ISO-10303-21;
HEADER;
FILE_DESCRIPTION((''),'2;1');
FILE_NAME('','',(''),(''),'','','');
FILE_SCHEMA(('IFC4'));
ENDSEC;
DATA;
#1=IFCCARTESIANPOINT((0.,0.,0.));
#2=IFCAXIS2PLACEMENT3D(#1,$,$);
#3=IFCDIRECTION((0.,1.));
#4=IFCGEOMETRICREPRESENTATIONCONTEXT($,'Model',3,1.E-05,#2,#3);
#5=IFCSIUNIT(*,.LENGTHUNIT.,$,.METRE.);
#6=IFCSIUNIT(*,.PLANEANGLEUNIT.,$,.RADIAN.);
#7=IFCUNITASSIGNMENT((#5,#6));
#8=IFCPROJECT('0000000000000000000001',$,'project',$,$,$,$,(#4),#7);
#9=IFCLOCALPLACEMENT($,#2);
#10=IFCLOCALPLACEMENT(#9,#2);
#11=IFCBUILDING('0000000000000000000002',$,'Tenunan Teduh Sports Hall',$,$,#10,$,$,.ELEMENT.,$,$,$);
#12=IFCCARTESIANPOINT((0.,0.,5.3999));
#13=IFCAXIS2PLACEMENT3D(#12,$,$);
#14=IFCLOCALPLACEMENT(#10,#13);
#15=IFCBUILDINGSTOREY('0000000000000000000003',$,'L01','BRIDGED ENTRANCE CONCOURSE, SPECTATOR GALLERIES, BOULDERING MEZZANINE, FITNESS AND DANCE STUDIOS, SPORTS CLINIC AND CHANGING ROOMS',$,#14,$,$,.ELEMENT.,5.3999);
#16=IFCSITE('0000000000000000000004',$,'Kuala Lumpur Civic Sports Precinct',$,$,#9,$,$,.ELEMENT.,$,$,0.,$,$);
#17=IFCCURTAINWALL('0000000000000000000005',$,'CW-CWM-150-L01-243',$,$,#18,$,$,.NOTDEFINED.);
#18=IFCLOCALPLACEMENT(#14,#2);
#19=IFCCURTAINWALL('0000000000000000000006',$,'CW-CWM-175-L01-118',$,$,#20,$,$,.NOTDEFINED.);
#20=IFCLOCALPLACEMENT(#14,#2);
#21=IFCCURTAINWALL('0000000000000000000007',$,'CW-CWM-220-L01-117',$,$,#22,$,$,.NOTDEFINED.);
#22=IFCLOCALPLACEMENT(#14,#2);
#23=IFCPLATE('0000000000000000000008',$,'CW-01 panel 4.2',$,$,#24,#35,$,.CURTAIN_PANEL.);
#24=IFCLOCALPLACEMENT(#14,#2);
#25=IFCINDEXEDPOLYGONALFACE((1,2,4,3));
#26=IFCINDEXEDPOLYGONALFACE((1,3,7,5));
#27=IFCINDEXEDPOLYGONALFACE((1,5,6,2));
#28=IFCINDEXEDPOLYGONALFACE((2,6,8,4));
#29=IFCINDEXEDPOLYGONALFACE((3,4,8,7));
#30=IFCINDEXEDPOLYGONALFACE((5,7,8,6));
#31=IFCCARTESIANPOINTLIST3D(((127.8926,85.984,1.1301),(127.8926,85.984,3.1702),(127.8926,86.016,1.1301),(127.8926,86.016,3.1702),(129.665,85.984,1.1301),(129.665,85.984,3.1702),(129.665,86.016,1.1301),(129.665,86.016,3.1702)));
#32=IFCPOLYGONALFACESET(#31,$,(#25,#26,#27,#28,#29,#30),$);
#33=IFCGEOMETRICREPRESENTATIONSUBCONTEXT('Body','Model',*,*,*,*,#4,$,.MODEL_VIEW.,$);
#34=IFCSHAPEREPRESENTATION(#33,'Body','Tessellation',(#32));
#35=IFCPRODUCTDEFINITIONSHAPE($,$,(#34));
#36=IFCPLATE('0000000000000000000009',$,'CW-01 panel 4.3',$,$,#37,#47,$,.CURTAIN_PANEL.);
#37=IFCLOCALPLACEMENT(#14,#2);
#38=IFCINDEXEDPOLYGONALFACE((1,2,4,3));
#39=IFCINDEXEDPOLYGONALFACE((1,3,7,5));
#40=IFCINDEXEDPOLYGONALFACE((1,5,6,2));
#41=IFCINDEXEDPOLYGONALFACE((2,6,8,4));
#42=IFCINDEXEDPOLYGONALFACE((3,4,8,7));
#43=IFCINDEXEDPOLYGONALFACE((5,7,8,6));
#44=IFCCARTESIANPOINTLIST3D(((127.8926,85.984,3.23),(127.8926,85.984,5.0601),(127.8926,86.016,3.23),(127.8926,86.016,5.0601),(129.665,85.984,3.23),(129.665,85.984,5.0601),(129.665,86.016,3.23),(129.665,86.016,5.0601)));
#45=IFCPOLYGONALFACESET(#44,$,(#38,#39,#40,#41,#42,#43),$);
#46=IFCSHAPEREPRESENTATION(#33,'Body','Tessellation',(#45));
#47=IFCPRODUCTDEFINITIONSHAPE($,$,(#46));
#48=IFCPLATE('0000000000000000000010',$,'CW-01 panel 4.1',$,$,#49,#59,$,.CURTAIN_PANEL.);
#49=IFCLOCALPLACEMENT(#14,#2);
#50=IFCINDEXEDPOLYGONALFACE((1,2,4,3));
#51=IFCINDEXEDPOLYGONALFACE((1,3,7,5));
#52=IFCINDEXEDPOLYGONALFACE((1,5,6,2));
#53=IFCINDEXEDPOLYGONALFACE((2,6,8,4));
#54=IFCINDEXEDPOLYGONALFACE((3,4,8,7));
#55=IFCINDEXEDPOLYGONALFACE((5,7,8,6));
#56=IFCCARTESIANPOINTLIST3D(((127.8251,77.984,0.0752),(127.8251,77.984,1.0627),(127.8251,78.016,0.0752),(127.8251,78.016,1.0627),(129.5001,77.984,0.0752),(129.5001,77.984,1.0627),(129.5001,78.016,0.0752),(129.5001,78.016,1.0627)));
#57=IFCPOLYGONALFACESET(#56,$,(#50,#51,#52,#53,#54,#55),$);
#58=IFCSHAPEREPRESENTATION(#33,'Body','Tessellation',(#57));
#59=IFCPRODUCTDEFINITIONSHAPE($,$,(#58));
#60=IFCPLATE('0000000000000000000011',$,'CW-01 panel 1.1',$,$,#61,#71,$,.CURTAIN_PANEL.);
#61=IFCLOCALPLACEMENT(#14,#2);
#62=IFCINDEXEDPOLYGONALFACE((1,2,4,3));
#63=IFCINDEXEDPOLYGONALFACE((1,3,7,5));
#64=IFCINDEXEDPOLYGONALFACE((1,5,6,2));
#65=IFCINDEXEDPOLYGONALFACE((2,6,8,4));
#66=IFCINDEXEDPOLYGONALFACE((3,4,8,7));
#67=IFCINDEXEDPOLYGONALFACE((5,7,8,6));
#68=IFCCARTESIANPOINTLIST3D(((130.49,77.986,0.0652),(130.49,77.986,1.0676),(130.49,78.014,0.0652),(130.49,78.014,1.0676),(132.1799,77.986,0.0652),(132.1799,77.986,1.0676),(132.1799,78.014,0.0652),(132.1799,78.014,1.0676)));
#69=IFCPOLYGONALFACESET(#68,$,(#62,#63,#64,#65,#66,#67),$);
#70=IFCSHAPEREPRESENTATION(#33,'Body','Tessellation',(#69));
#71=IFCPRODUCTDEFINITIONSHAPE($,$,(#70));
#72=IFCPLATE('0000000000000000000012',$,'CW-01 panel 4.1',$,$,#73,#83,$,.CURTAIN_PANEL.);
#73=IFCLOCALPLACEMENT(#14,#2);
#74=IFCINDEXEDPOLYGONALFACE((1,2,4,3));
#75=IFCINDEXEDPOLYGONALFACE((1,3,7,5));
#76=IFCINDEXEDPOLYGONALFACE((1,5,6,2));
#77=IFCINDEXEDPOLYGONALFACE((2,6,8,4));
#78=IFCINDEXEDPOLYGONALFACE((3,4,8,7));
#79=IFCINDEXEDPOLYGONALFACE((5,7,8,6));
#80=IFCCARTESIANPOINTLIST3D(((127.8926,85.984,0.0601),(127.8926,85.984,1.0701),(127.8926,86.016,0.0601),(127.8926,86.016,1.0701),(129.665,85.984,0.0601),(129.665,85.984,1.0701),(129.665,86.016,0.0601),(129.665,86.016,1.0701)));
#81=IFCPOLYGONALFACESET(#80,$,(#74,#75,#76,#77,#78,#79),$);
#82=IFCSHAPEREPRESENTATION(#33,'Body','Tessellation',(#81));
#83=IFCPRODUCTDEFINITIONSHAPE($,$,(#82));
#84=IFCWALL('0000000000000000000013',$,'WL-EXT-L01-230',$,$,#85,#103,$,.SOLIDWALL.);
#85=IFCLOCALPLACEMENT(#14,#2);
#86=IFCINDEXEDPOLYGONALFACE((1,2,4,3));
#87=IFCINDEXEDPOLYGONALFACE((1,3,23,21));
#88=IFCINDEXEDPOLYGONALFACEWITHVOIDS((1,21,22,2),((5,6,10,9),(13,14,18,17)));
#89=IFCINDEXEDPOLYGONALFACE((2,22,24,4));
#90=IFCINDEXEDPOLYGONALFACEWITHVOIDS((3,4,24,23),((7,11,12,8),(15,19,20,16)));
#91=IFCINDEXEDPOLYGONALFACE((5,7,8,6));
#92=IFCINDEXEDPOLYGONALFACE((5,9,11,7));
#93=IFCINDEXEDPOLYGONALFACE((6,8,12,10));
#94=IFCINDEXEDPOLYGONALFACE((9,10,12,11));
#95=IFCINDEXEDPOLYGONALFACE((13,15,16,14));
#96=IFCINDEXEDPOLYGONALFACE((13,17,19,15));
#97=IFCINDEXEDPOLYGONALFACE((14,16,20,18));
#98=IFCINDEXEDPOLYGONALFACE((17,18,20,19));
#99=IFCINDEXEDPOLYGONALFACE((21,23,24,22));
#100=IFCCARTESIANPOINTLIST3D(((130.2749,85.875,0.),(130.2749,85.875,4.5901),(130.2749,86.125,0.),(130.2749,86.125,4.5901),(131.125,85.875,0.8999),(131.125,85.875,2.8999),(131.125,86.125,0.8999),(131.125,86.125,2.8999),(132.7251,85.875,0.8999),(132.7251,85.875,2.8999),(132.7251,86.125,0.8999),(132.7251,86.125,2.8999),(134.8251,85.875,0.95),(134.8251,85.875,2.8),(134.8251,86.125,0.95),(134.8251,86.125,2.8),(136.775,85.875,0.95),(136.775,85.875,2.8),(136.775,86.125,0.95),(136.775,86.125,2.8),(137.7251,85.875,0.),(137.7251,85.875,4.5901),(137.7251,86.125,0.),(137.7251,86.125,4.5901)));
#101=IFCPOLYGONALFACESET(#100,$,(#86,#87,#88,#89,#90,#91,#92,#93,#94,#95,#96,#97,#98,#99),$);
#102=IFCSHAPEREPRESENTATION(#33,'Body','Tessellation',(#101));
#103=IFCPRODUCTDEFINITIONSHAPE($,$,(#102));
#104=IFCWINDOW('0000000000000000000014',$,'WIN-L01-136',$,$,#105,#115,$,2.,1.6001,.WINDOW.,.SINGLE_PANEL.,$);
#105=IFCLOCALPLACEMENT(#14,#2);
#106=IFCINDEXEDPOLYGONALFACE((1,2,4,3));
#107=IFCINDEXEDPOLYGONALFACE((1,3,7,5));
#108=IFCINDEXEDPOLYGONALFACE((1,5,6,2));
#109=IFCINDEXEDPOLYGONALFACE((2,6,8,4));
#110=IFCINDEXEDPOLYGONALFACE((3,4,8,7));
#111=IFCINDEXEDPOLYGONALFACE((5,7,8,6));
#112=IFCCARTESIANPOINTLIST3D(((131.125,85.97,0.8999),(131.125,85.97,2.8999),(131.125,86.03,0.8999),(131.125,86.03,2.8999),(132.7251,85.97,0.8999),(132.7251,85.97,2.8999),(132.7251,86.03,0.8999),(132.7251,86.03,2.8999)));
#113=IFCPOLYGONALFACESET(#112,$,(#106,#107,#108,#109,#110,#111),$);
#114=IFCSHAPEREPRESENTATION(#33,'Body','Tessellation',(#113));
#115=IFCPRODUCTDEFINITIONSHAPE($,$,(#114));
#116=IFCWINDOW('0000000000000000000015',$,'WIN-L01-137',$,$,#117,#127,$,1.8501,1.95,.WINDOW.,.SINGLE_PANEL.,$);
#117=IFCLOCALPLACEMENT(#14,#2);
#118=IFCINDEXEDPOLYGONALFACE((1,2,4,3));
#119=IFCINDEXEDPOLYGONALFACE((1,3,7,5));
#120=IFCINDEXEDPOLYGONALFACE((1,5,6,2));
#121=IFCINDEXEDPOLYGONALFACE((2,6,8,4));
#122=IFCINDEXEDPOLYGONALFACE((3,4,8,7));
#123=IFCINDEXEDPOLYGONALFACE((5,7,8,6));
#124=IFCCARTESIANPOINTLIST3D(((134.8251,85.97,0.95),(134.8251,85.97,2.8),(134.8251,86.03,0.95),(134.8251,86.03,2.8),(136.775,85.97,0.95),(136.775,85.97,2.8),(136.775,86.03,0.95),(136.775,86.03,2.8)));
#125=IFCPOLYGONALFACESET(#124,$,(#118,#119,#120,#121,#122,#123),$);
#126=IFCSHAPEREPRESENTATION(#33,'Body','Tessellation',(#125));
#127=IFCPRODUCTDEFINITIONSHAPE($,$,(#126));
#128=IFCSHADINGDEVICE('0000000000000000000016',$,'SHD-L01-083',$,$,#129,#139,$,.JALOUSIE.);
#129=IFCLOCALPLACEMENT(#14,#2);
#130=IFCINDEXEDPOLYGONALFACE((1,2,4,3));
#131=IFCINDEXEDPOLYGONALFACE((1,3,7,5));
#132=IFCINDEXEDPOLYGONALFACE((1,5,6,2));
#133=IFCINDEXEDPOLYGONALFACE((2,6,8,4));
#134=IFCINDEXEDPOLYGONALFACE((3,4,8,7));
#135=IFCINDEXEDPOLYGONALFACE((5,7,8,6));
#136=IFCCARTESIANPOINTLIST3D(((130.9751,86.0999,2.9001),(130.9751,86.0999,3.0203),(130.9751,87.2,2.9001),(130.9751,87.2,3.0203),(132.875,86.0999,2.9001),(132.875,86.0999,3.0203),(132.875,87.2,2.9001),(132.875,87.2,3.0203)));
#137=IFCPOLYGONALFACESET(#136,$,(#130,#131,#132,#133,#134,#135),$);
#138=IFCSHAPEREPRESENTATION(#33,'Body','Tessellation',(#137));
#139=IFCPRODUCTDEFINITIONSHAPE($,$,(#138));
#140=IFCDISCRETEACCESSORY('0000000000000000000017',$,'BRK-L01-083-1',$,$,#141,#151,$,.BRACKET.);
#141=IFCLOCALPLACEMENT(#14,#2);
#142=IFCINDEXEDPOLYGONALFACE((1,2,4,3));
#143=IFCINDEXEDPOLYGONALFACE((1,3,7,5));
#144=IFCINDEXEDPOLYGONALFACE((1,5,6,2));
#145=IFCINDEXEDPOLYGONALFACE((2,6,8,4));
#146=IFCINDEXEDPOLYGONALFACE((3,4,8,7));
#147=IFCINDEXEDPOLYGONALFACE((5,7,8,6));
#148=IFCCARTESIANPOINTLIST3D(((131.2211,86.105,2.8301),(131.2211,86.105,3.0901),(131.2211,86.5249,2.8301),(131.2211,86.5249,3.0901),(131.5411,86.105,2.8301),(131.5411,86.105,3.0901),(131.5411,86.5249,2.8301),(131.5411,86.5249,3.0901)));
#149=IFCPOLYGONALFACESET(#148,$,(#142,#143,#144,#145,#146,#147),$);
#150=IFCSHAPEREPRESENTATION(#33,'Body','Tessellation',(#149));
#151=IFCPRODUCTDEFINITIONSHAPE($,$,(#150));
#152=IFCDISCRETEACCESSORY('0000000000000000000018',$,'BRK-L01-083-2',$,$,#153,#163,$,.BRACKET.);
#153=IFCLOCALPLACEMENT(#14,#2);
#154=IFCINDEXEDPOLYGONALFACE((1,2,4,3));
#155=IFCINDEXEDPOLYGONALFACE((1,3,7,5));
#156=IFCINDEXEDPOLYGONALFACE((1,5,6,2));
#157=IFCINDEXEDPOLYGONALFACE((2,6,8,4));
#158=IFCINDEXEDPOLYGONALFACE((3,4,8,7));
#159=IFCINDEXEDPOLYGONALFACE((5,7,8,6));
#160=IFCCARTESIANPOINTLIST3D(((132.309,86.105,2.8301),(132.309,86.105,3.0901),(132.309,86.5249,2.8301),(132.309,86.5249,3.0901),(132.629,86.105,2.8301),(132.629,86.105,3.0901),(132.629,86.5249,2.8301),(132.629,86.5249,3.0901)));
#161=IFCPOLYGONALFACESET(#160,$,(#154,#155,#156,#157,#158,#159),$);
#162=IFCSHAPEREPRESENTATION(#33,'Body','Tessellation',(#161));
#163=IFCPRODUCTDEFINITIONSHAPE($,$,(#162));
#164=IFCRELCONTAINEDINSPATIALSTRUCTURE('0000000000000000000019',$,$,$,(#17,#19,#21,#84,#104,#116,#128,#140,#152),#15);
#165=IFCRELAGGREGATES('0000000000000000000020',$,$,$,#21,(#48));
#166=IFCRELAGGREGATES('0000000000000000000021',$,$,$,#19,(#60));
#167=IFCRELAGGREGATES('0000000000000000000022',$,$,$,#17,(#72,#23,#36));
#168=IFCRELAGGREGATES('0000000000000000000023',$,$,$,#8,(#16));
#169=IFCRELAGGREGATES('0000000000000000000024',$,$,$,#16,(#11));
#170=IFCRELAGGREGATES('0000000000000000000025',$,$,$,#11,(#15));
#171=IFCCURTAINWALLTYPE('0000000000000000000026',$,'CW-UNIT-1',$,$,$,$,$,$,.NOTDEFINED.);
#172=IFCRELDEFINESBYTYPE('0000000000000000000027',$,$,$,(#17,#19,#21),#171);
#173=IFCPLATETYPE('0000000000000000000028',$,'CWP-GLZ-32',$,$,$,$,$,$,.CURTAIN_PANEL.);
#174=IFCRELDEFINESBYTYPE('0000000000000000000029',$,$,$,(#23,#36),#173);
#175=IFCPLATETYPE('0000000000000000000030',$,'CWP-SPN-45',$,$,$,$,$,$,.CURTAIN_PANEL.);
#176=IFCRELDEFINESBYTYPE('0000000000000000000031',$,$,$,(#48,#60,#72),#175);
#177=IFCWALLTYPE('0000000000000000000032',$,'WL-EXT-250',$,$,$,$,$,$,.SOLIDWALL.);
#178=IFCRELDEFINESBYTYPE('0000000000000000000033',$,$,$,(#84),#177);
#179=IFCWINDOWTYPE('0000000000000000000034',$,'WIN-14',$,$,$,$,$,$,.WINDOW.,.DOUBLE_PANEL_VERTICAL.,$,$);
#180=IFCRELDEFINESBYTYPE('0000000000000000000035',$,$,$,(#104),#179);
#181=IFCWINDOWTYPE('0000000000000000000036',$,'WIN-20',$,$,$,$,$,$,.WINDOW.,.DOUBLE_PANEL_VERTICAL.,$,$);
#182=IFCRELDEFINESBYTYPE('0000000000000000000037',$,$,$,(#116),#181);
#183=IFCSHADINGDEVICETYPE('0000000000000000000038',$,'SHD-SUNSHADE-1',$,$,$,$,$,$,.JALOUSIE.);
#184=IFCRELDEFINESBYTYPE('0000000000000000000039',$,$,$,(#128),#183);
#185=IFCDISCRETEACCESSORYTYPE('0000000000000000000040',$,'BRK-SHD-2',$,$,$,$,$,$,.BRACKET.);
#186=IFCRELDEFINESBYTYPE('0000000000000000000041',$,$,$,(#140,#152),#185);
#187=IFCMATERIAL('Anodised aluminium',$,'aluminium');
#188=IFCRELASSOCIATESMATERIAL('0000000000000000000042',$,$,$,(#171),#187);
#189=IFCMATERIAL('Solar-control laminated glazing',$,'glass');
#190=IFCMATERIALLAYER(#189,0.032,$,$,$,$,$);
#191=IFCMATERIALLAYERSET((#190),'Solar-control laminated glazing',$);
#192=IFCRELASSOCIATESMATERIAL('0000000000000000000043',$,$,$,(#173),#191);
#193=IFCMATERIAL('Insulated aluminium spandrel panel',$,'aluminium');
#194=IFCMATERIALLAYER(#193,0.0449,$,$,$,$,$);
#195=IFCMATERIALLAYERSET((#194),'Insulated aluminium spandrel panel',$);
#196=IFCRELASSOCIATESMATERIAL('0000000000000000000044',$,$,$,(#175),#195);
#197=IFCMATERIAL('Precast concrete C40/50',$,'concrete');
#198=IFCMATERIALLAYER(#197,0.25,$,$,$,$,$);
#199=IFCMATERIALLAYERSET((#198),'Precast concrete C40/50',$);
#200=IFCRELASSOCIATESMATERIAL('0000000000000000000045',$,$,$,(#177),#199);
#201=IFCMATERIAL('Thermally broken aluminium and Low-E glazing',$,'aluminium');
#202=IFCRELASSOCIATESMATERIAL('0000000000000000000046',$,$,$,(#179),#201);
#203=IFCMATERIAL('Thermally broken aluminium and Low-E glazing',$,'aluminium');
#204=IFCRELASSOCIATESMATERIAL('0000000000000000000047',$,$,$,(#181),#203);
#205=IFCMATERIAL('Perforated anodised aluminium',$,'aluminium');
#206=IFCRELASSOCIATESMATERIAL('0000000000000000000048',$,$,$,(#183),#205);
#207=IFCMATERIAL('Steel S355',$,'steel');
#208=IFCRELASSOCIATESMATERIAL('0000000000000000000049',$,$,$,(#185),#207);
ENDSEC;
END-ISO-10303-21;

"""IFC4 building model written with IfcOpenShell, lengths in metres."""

from ifc_helpers import new_model, si_unit, direction, frame, frame_2d, origin, origin_2d, place, context, subcontext, project, spatial, rectangle, extrude, material, layer, layer_set, type_object, element, fill, aggregate, save


model = new_model("IFC4")

# Units and contexts
model_context = context("Model", 3, precision=1e-05, world=origin(), true_north=direction((0.0, 1.0)))
body_context = subcontext(model_context, "Body", "Model", "MODEL_VIEW")
ifc_project = project(units=[si_unit("LENGTHUNIT", "METRE"), si_unit("PLANEANGLEUNIT", "RADIAN")], contexts=[model_context])

# Site, building, storey
site_placement = place(None, origin())
site = spatial("IfcSite", under=ifc_project, at=site_placement, Name="Kuala Lumpur Civic Sports Precinct", CompositionType="ELEMENT", RefElevation=0.0)
building_placement = place(site_placement, origin())
building = spatial("IfcBuilding", under=site, at=building_placement, Name="Tenunan Teduh Sports Hall", CompositionType="ELEMENT")
storey_placement = place(building_placement, frame((0.0, 0.0, 5.3999)))
storey = spatial("IfcBuildingStorey", under=building, at=storey_placement, Name="L01", Description="BRIDGED ENTRANCE CONCOURSE, SPECTATOR GALLERIES, BOULDERING MEZZANINE, FITNESS AND DANCE STUDIOS, SPORTS CLINIC AND CHANGING ROOMS", CompositionType="ELEMENT", Elevation=5.3999)

# Curtain wall
ifc_material_1 = material(Name="Anodised aluminium", Category="aluminium")
curtain_wall_type = type_object("IfcCurtainWallType", Name="CW-UNIT-1", PredefinedType="NOTDEFINED", material=ifc_material_1)
curtain_wall_1_placement = place(storey_placement, origin())
curtain_wall_1 = element("IfcCurtainWall", 1, at=curtain_wall_1_placement, inside=storey, type_object=curtain_wall_type, Name="CW-CWM-150-L01-243", PredefinedType="NOTDEFINED")

# Curtain wall
curtain_wall_2_placement = place(storey_placement, origin())
curtain_wall_2 = element("IfcCurtainWall", 2, at=curtain_wall_2_placement, inside=storey, type_object=curtain_wall_type, Name="CW-CWM-175-L01-118", PredefinedType="NOTDEFINED")

# Curtain wall
curtain_wall_3_placement = place(storey_placement, origin())
curtain_wall_3 = element("IfcCurtainWall", 3, at=curtain_wall_3_placement, inside=storey, type_object=curtain_wall_type, Name="CW-CWM-220-L01-117", PredefinedType="NOTDEFINED")

# Plates
ifc_material_2 = material(Name="Solar-control laminated glazing", Category="glass")
ifc_layer_1 = layer(ifc_material_2, 0.032)
ifc_layer_set_1 = layer_set([ifc_layer_1], Name="Solar-control laminated glazing")
plate_type_1 = type_object("IfcPlateType", Name="CWP-GLZ-32", PredefinedType="CURTAIN_PANEL", material=ifc_layer_set_1)
plate_1_placement = place(storey_placement, frame((128.7788, 86.0, 1.1301), z_axis=(0.0, 0.0, 1.0), x_axis=(1.0, 0.0, 0.0)))
plate_1 = element("IfcPlate", 4, at=plate_1_placement, type_object=plate_type_1, Name="CW-01 panel 4.2", PredefinedType="CURTAIN_PANEL", context=body_context, shape_type="SweptSolid", body=[
    extrude(rectangle(XDim=1.7725, YDim=0.032, at=origin_2d()), origin(), (0.0, 0.0, 1.0), 2.04),
])
plate_2_placement = place(storey_placement, frame((128.7788, 86.0, 3.23), z_axis=(0.0, 0.0, 1.0), x_axis=(1.0, 0.0, 0.0)))
plate_2 = element("IfcPlate", 5, at=plate_2_placement, type_object=plate_type_1, Name="CW-01 panel 4.3", PredefinedType="CURTAIN_PANEL", context=body_context, shape_type="SweptSolid", body=[
    extrude(rectangle(XDim=1.7725, YDim=0.032, at=origin_2d()), origin(), (0.0, 0.0, 1.0), 1.8301),
])
ifc_material_3 = material(Name="Insulated aluminium spandrel panel", Category="aluminium")
ifc_layer_2 = layer(ifc_material_3, 0.0449)
ifc_layer_set_2 = layer_set([ifc_layer_2], Name="Insulated aluminium spandrel panel")
plate_type_2 = type_object("IfcPlateType", Name="CWP-SPN-45", PredefinedType="CURTAIN_PANEL", material=ifc_layer_set_2)
plate_3_placement = place(storey_placement, frame((128.6626, 78.0, 0.0752), z_axis=(0.0, 0.0, 1.0), x_axis=(1.0, 0.0, 0.0)))
plate_3 = element("IfcPlate", 6, at=plate_3_placement, type_object=plate_type_2, Name="CW-01 panel 4.1", PredefinedType="CURTAIN_PANEL", context=body_context, shape_type="SweptSolid", body=[
    extrude(rectangle(XDim=1.675, YDim=0.032, at=origin_2d()), origin(), (0.0, 0.0, 1.0), 0.9875),
])
aggregate(curtain_wall_3, [plate_3])
plate_4_placement = place(storey_placement, frame((131.335, 78.0, 0.0652), z_axis=(0.0, 0.0, 1.0), x_axis=(1.0, 0.0, 0.0)))
plate_4 = element("IfcPlate", 7, at=plate_4_placement, type_object=plate_type_2, Name="CW-01 panel 1.1", PredefinedType="CURTAIN_PANEL", context=body_context, shape_type="SweptSolid", body=[
    extrude(rectangle(XDim=1.6899, YDim=0.0281, at=origin_2d()), origin(), (0.0, 0.0, 1.0), 1.0024),
])
aggregate(curtain_wall_2, [plate_4])
plate_5_placement = place(storey_placement, frame((128.7788, 86.0, 0.0601), z_axis=(0.0, 0.0, 1.0), x_axis=(1.0, 0.0, 0.0)))
plate_5 = element("IfcPlate", 8, at=plate_5_placement, type_object=plate_type_2, Name="CW-01 panel 4.1", PredefinedType="CURTAIN_PANEL", context=body_context, shape_type="SweptSolid", body=[
    extrude(rectangle(XDim=1.7725, YDim=0.032, at=origin_2d()), origin(), (0.0, 0.0, 1.0), 1.01),
])
aggregate(curtain_wall_1, [plate_5, plate_1, plate_2])

# Wall, openings, windows
ifc_material_4 = material(Name="Precast concrete C40/50", Category="concrete")
ifc_layer_3 = layer(ifc_material_4, 0.25)
ifc_layer_set_3 = layer_set([ifc_layer_3], Name="Precast concrete C40/50")
wall_type = type_object("IfcWallType", Name="WL-EXT-250", PredefinedType="SOLIDWALL", material=ifc_layer_set_3)
wall_placement = place(storey_placement, frame((130.2749, 86.0, 0.0), z_axis=(0.0, 0.0, 1.0), x_axis=(1.0, 0.0, 0.0)))
wall = element("IfcWall", 9, at=wall_placement, inside=storey, type_object=wall_type, Name="WL-EXT-L01-230", PredefinedType="SOLIDWALL", context=body_context, shape_type="SweptSolid", body=[
    extrude(rectangle(XDim=7.4502, YDim=0.25, at=frame_2d((3.7251, 0.0))), origin(), (0.0, 0.0, 1.0), 4.5901),
])
opening_1_placement = place(wall_placement, frame((0.8501, 0.0, 0.8999)))
opening_1 = element("IfcOpeningElement", 10, at=opening_1_placement, cuts=wall, PredefinedType="OPENING", context=body_context, shape_type="SweptSolid", body=[
    extrude(rectangle(XDim=1.6001, YDim=2.0, at=frame_2d((0.8, 1.0))), frame((0.0, 0.135, 0.0), z_axis=(0.0, -1.0, 0.0), x_axis=(1.0, 0.0, 0.0)), (0.0, 0.0, 1.0), 0.27),
])
opening_2_placement = place(wall_placement, frame((4.55, 0.0, 0.95)))
opening_2 = element("IfcOpeningElement", 11, at=opening_2_placement, cuts=wall, PredefinedType="OPENING", context=body_context, shape_type="SweptSolid", body=[
    extrude(rectangle(XDim=1.95, YDim=1.8501, at=frame_2d((0.9751, 0.925))), frame((0.0, 0.135, 0.0), z_axis=(0.0, -1.0, 0.0), x_axis=(1.0, 0.0, 0.0)), (0.0, 0.0, 1.0), 0.27),
])
ifc_material_5 = material(Name="Thermally broken aluminium and Low-E glazing", Category="aluminium")
window_type_1 = type_object("IfcWindowType", Name="WIN-14", PartitioningType="DOUBLE_PANEL_VERTICAL", PredefinedType="WINDOW", material=ifc_material_5)
window_1_placement = place(opening_1_placement, origin())
window_1 = element("IfcWindow", 12, at=window_1_placement, inside=storey, type_object=window_type_1, Name="WIN-L01-136", OverallHeight=2.0, OverallWidth=1.6001, PartitioningType="SINGLE_PANEL", PredefinedType="WINDOW", context=body_context, shape_type="SweptSolid", body=[
    extrude(rectangle(XDim=1.6001, YDim=2.0, at=frame_2d((0.8, 1.0))), frame((0.0, 0.03, 0.0), z_axis=(0.0, -1.0, 0.0), x_axis=(1.0, 0.0, 0.0)), (0.0, 0.0, 1.0), 0.0601),
])
fill(opening_1, window_1)
ifc_material_6 = material(Name="Thermally broken aluminium and Low-E glazing", Category="aluminium")
window_type_2 = type_object("IfcWindowType", Name="WIN-20", PartitioningType="DOUBLE_PANEL_VERTICAL", PredefinedType="WINDOW", material=ifc_material_6)
window_2_placement = place(opening_2_placement, origin())
window_2 = element("IfcWindow", 13, at=window_2_placement, inside=storey, type_object=window_type_2, Name="WIN-L01-137", OverallHeight=1.8501, OverallWidth=1.95, PartitioningType="SINGLE_PANEL", PredefinedType="WINDOW", context=body_context, shape_type="SweptSolid", body=[
    extrude(rectangle(XDim=1.95, YDim=1.8501, at=frame_2d((0.9751, 0.925))), frame((0.0, 0.03, 0.0), z_axis=(0.0, -1.0, 0.0), x_axis=(1.0, 0.0, 0.0)), (0.0, 0.0, 1.0), 0.0601),
])
fill(opening_2, window_2)

# Shading device
ifc_material_7 = material(Name="Perforated anodised aluminium", Category="aluminium")
shading_device_type = type_object("IfcShadingDeviceType", Name="SHD-SUNSHADE-1", PredefinedType="JALOUSIE", material=ifc_material_7)
shading_device_placement = place(storey_placement, frame((131.925, 86.6499, 2.9001), z_axis=(0.0, 0.0, 1.0), x_axis=(1.0, 0.0, 0.0)))
element("IfcShadingDevice", 14, at=shading_device_placement, inside=storey, type_object=shading_device_type, Name="SHD-L01-083", PredefinedType="JALOUSIE", context=body_context, shape_type="SweptSolid", body=[
    extrude(rectangle(XDim=1.8999, YDim=1.1001, at=origin_2d()), origin(), (0.0, 0.0, 1.0), 0.1201),
])

# Discrete accessories
ifc_material_8 = material(Name="Steel S355", Category="steel")
discrete_accessory_type = type_object("IfcDiscreteAccessoryType", Name="BRK-SHD-2", PredefinedType="BRACKET", material=ifc_material_8)
for number, where, z_axis, x_axis, name in (
    (15, (131.3811, 86.3149, 2.8301), (0.0, 0.0, 1.0), (1.0, 0.0, 0.0), "BRK-L01-083-1"),
    (16, (132.469, 86.3149, 2.8301), (0.0, 0.0, 1.0), (1.0, 0.0, 0.0), "BRK-L01-083-2"),
):
    element("IfcDiscreteAccessory", number, at=place(storey_placement, frame(where, z_axis=z_axis, x_axis=x_axis)), inside=storey, type_object=discrete_accessory_type, Name=name, PredefinedType="BRACKET", context=body_context, shape_type="SweptSolid", body=[
        extrude(rectangle(XDim=0.3201, YDim=0.4199, at=origin_2d()), origin(), (0.0, 0.0, 1.0), 0.26),
    ])

save(model, "model.ifc")
